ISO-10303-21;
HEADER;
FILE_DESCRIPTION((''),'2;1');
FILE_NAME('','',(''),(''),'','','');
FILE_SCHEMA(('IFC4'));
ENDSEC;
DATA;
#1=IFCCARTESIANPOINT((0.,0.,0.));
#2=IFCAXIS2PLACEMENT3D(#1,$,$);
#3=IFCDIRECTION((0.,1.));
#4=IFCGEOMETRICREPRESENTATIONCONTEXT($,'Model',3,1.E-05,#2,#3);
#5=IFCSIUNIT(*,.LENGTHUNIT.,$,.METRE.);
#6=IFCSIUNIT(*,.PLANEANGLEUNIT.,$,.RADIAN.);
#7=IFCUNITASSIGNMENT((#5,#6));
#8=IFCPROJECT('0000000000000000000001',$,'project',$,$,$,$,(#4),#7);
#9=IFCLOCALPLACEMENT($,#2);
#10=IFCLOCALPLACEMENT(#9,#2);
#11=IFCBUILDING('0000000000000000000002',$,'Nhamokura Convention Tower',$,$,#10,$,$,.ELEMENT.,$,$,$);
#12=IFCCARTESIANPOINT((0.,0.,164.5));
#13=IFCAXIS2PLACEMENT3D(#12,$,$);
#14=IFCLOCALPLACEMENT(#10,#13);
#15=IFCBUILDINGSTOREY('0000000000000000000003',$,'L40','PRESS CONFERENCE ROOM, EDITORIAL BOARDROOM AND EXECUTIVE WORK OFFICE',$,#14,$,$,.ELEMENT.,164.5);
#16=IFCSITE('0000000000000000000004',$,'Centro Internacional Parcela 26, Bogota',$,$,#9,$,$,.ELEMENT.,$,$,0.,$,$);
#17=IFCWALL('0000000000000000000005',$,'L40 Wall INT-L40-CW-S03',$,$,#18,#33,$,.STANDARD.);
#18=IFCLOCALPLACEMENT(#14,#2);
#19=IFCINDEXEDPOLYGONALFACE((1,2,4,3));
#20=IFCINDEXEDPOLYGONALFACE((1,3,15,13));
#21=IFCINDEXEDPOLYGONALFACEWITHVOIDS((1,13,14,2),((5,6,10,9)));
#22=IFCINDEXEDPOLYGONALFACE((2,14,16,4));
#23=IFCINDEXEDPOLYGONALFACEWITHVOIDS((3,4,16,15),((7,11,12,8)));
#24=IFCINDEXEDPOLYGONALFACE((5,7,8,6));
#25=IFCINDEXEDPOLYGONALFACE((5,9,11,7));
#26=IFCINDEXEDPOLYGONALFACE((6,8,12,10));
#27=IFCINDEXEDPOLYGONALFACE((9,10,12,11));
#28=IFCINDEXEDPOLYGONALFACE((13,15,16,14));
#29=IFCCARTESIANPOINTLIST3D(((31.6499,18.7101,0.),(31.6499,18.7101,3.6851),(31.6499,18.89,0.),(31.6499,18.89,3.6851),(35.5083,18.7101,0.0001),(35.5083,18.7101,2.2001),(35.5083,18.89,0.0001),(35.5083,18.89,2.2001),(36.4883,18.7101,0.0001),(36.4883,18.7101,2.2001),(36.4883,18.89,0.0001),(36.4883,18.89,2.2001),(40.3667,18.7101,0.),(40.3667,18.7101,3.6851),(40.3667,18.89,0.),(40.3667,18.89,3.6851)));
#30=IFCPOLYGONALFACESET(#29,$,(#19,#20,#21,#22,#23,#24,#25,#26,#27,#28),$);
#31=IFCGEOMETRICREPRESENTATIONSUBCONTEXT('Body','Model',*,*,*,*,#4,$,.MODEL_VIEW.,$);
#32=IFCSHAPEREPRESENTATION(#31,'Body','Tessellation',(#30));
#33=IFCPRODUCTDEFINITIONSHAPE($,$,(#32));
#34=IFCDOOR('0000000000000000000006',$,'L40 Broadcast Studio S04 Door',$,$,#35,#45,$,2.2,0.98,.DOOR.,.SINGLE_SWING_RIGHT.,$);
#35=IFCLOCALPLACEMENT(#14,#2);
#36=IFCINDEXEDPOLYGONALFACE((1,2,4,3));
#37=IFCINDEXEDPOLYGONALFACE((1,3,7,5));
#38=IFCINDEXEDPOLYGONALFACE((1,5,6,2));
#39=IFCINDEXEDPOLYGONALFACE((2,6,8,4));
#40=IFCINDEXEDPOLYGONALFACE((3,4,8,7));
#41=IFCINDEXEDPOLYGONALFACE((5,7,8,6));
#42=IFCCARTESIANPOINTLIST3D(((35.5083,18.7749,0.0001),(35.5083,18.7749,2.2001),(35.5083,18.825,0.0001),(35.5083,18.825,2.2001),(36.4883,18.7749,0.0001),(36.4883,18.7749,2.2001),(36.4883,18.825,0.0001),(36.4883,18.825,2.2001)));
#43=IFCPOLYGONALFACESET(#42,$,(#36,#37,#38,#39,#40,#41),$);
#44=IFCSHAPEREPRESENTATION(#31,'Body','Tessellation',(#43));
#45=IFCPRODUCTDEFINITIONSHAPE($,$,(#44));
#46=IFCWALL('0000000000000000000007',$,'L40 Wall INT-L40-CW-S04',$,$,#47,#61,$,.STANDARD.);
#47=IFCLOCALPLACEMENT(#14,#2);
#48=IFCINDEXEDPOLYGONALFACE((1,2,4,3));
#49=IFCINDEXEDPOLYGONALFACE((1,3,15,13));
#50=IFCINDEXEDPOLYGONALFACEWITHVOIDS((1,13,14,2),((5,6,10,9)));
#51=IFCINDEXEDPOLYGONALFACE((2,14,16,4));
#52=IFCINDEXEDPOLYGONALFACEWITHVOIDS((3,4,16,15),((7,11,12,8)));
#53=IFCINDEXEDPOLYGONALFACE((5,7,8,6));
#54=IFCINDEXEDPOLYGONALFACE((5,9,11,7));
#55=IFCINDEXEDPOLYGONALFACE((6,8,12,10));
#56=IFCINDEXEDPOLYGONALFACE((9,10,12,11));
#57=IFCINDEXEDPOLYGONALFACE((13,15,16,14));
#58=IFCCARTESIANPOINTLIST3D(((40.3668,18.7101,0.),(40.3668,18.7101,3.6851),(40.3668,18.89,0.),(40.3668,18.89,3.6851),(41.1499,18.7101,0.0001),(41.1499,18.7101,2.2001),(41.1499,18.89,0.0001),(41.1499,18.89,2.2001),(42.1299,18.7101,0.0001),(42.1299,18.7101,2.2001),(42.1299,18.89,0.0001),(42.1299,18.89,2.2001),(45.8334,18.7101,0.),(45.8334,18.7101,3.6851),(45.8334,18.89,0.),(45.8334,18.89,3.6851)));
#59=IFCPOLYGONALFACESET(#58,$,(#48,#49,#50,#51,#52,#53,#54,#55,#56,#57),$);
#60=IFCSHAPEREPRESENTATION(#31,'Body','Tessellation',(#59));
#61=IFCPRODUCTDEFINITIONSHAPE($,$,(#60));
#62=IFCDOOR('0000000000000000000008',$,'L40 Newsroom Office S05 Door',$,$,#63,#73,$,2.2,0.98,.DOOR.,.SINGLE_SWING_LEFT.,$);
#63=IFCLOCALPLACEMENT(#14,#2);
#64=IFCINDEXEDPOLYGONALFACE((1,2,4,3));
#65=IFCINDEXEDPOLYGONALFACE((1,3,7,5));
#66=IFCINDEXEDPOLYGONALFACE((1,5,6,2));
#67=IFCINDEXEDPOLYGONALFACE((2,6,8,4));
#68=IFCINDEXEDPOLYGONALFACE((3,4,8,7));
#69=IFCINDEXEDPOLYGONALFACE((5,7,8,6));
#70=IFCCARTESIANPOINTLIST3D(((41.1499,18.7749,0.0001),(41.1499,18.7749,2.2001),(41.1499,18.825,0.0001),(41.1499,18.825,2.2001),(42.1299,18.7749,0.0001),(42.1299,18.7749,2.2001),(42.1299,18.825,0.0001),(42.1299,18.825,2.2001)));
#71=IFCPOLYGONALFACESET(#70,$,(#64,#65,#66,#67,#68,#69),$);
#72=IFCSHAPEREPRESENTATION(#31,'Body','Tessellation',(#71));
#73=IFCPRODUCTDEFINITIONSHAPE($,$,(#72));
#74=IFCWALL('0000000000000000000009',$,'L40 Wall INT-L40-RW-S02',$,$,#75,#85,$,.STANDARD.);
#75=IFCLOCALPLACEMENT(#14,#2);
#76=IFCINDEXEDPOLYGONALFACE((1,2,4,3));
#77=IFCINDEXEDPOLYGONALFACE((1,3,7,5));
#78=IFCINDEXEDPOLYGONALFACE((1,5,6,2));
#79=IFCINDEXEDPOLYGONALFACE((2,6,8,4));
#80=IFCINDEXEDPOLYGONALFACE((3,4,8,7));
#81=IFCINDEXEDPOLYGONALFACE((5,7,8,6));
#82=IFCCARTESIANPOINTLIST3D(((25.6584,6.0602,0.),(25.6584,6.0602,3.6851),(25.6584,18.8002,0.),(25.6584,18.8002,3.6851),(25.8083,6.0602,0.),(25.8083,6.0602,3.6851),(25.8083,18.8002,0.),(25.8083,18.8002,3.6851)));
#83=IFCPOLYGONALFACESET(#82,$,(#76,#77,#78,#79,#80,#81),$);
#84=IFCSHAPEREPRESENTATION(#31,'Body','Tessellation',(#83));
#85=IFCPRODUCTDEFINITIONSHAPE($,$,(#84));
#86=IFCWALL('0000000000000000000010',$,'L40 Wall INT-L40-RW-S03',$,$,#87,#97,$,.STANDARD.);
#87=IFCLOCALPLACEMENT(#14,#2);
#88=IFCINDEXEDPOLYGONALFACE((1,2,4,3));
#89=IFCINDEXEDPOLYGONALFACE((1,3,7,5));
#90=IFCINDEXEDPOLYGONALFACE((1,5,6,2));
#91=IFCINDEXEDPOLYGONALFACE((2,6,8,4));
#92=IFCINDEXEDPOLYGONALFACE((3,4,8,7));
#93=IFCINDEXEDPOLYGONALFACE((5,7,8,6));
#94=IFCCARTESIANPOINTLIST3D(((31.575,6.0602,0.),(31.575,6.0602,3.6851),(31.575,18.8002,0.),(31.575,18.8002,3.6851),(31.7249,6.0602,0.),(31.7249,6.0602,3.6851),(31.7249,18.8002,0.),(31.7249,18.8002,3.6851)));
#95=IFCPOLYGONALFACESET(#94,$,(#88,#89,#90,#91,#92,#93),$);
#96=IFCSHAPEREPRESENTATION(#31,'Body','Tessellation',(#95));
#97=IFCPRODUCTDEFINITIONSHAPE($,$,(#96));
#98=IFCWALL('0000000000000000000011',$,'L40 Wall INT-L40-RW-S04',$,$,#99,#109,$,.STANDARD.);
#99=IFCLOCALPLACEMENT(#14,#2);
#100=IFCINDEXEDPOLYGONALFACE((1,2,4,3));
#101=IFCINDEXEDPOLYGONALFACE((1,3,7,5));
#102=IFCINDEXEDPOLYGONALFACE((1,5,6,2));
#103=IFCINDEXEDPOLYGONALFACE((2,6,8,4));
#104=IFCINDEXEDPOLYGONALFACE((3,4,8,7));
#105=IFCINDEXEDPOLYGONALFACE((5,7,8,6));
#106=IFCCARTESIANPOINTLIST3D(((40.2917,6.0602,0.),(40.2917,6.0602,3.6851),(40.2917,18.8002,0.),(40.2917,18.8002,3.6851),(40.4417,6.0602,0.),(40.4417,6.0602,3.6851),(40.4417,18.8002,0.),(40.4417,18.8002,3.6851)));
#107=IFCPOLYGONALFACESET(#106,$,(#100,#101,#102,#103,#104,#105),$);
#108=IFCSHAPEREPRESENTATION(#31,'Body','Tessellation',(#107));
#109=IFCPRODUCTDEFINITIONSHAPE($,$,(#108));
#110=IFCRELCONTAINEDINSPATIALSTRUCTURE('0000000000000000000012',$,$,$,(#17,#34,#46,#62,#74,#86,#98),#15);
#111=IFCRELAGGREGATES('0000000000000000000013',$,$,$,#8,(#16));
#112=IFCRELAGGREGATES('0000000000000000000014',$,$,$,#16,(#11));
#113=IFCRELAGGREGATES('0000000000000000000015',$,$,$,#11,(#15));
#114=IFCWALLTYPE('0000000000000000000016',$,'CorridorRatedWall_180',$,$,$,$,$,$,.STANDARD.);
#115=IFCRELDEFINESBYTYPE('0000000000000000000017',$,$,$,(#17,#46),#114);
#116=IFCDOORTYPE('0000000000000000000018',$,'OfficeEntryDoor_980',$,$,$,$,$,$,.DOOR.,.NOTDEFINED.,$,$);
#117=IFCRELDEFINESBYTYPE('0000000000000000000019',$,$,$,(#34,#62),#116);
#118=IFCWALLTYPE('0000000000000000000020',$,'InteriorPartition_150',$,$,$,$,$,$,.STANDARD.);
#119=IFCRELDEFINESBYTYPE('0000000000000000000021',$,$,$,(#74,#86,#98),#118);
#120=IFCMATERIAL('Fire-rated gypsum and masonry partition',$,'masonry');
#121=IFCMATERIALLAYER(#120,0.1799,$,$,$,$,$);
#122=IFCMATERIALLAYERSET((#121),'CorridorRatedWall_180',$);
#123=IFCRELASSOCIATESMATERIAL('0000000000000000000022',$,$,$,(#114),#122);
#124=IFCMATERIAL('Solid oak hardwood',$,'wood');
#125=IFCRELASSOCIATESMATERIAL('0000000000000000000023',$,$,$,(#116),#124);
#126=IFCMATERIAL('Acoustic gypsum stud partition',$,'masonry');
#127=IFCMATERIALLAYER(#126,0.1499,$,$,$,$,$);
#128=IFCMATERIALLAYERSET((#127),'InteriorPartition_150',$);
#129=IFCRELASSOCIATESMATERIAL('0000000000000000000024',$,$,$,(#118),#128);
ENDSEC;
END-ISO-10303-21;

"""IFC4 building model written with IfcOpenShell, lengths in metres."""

from ifc_helpers import new_model, si_unit, direction, frame, frame_2d, origin, place, context, subcontext, project, spatial, rectangle, extrude, material, layer, layer_set, type_object, element, fill, save


model = new_model("IFC4")

# Units and contexts
model_context = context("Model", 3, precision=1e-05, world=origin(), true_north=direction((0.0, 1.0)))
body_context = subcontext(model_context, "Body", "Model", "MODEL_VIEW")
ifc_project = project(units=[si_unit("LENGTHUNIT", "METRE"), si_unit("PLANEANGLEUNIT", "RADIAN")], contexts=[model_context])

# Site, building, storey
site_placement = place(None, origin())
site = spatial("IfcSite", under=ifc_project, at=site_placement, Name="Centro Internacional Parcela 26, Bogota", CompositionType="ELEMENT", RefElevation=0.0)
building_placement = place(site_placement, origin())
building = spatial("IfcBuilding", under=site, at=building_placement, Name="Nhamokura Convention Tower", CompositionType="ELEMENT")
storey_placement = place(building_placement, frame((0.0, 0.0, 164.5)))
storey = spatial("IfcBuildingStorey", under=building, at=storey_placement, Name="L40", Description="PRESS CONFERENCE ROOM, EDITORIAL BOARDROOM AND EXECUTIVE WORK OFFICE", CompositionType="ELEMENT", Elevation=164.5)

# Walls, openings, doors
ifc_material_1 = material(Name="Fire-rated gypsum and masonry partition", Category="masonry")
ifc_layer_1 = layer(ifc_material_1, 0.1799)
ifc_layer_set_1 = layer_set([ifc_layer_1], Name="CorridorRatedWall_180")
wall_type_1 = type_object("IfcWallType", Name="CorridorRatedWall_180", PredefinedType="STANDARD", material=ifc_layer_set_1)
ifc_material_2 = material(Name="Solid oak hardwood", Category="wood")
door_type = type_object("IfcDoorType", Name="OfficeEntryDoor_980", OperationType="NOTDEFINED", PredefinedType="DOOR", material=ifc_material_2)
wall_1_placement = place(storey_placement, frame((31.6499, 18.8, 0.0), z_axis=(0.0, 0.0, 1.0), x_axis=(1.0, 0.0, 0.0)))
wall_1 = element("IfcWall", 1, at=wall_1_placement, inside=storey, type_object=wall_type_1, Name="L40 Wall INT-L40-CW-S03", PredefinedType="STANDARD", context=body_context, shape_type="SweptSolid", body=[
    extrude(rectangle(XDim=8.7168, YDim=0.1799, at=frame_2d((4.3584, 0.0))), origin(), (0.0, 0.0, 1.0), 3.6851),
])
opening_1_placement = place(wall_1_placement, frame((3.8584, 0.0, 0.0)))
opening_1 = element("IfcOpeningElement", 2, at=opening_1_placement, cuts=wall_1, PredefinedType="OPENING", context=body_context, shape_type="SweptSolid", body=[
    extrude(rectangle(XDim=0.98, YDim=2.2, at=frame_2d((0.49, 1.1001))), frame((0.0, 0.0999, 0.0), z_axis=(0.0, -1.0, 0.0), x_axis=(1.0, 0.0, 0.0)), (0.0, 0.0, 1.0), 0.2),
])
door_1_placement = place(opening_1_placement, origin())
door_1 = element("IfcDoor", 3, at=door_1_placement, inside=storey, type_object=door_type, Name="L40 Broadcast Studio S04 Door", OperationType="SINGLE_SWING_RIGHT", OverallHeight=2.2, OverallWidth=0.98, PredefinedType="DOOR", context=body_context, shape_type="SweptSolid", body=[
    extrude(rectangle(XDim=0.98, YDim=2.2, at=frame_2d((0.49, 1.1001))), frame((0.0, 0.0249, 0.0), z_axis=(0.0, -1.0, 0.0), x_axis=(1.0, 0.0, 0.0)), (0.0, 0.0, 1.0), 0.05),
])
fill(opening_1, door_1)
wall_2_placement = place(storey_placement, frame((40.3667, 18.8, 0.0), z_axis=(0.0, 0.0, 1.0), x_axis=(1.0, 0.0, 0.0)))
wall_2 = element("IfcWall", 4, at=wall_2_placement, inside=storey, type_object=wall_type_1, Name="L40 Wall INT-L40-CW-S04", PredefinedType="STANDARD", context=body_context, shape_type="SweptSolid", body=[
    extrude(rectangle(XDim=5.4666, YDim=0.1799, at=frame_2d((2.7334, 0.0))), origin(), (0.0, 0.0, 1.0), 3.6851),
])
opening_2_placement = place(wall_2_placement, frame((0.7832, 0.0, 0.0)))
opening_2 = element("IfcOpeningElement", 5, at=opening_2_placement, cuts=wall_2, PredefinedType="OPENING", context=body_context, shape_type="SweptSolid", body=[
    extrude(rectangle(XDim=0.98, YDim=2.2, at=frame_2d((0.49, 1.1001))), frame((0.0, 0.0999, 0.0), z_axis=(0.0, -1.0, 0.0), x_axis=(1.0, 0.0, 0.0)), (0.0, 0.0, 1.0), 0.2),
])
door_2_placement = place(opening_2_placement, origin())
door_2 = element("IfcDoor", 6, at=door_2_placement, inside=storey, type_object=door_type, Name="L40 Newsroom Office S05 Door", OperationType="SINGLE_SWING_LEFT", OverallHeight=2.2, OverallWidth=0.98, PredefinedType="DOOR", context=body_context, shape_type="SweptSolid", body=[
    extrude(rectangle(XDim=0.98, YDim=2.2, at=frame_2d((0.49, 1.1001))), frame((0.0, 0.0249, 0.0), z_axis=(0.0, -1.0, 0.0), x_axis=(1.0, 0.0, 0.0)), (0.0, 0.0, 1.0), 0.05),
])
fill(opening_2, door_2)

# Walls
ifc_material_3 = material(Name="Acoustic gypsum stud partition", Category="masonry")
ifc_layer_2 = layer(ifc_material_3, 0.1499)
ifc_layer_set_2 = layer_set([ifc_layer_2], Name="InteriorPartition_150")
wall_type_2 = type_object("IfcWallType", Name="InteriorPartition_150", PredefinedType="STANDARD", material=ifc_layer_set_2)
for number, where, z_axis, x_axis, name in (
    (7, (25.7334, 6.0601, 0.0), (0.0, 0.0, 1.0), (0.0, 1.0, 0.0), "L40 Wall INT-L40-RW-S02"),
    (8, (31.6499, 6.0601, 0.0), (0.0, 0.0, 1.0), (0.0, 1.0, 0.0), "L40 Wall INT-L40-RW-S03"),
    (9, (40.3667, 6.0601, 0.0), (0.0, 0.0, 1.0), (0.0, 1.0, 0.0), "L40 Wall INT-L40-RW-S04"),
):
    element("IfcWall", number, at=place(storey_placement, frame(where, z_axis=z_axis, x_axis=x_axis)), inside=storey, type_object=wall_type_2, Name=name, PredefinedType="STANDARD", context=body_context, shape_type="SweptSolid", body=[
        extrude(rectangle(XDim=12.74, YDim=0.1499, at=frame_2d((6.3701, 0.0))), origin(), (0.0, 0.0, 1.0), 3.6851),
    ])

save(model, "model.ifc")
